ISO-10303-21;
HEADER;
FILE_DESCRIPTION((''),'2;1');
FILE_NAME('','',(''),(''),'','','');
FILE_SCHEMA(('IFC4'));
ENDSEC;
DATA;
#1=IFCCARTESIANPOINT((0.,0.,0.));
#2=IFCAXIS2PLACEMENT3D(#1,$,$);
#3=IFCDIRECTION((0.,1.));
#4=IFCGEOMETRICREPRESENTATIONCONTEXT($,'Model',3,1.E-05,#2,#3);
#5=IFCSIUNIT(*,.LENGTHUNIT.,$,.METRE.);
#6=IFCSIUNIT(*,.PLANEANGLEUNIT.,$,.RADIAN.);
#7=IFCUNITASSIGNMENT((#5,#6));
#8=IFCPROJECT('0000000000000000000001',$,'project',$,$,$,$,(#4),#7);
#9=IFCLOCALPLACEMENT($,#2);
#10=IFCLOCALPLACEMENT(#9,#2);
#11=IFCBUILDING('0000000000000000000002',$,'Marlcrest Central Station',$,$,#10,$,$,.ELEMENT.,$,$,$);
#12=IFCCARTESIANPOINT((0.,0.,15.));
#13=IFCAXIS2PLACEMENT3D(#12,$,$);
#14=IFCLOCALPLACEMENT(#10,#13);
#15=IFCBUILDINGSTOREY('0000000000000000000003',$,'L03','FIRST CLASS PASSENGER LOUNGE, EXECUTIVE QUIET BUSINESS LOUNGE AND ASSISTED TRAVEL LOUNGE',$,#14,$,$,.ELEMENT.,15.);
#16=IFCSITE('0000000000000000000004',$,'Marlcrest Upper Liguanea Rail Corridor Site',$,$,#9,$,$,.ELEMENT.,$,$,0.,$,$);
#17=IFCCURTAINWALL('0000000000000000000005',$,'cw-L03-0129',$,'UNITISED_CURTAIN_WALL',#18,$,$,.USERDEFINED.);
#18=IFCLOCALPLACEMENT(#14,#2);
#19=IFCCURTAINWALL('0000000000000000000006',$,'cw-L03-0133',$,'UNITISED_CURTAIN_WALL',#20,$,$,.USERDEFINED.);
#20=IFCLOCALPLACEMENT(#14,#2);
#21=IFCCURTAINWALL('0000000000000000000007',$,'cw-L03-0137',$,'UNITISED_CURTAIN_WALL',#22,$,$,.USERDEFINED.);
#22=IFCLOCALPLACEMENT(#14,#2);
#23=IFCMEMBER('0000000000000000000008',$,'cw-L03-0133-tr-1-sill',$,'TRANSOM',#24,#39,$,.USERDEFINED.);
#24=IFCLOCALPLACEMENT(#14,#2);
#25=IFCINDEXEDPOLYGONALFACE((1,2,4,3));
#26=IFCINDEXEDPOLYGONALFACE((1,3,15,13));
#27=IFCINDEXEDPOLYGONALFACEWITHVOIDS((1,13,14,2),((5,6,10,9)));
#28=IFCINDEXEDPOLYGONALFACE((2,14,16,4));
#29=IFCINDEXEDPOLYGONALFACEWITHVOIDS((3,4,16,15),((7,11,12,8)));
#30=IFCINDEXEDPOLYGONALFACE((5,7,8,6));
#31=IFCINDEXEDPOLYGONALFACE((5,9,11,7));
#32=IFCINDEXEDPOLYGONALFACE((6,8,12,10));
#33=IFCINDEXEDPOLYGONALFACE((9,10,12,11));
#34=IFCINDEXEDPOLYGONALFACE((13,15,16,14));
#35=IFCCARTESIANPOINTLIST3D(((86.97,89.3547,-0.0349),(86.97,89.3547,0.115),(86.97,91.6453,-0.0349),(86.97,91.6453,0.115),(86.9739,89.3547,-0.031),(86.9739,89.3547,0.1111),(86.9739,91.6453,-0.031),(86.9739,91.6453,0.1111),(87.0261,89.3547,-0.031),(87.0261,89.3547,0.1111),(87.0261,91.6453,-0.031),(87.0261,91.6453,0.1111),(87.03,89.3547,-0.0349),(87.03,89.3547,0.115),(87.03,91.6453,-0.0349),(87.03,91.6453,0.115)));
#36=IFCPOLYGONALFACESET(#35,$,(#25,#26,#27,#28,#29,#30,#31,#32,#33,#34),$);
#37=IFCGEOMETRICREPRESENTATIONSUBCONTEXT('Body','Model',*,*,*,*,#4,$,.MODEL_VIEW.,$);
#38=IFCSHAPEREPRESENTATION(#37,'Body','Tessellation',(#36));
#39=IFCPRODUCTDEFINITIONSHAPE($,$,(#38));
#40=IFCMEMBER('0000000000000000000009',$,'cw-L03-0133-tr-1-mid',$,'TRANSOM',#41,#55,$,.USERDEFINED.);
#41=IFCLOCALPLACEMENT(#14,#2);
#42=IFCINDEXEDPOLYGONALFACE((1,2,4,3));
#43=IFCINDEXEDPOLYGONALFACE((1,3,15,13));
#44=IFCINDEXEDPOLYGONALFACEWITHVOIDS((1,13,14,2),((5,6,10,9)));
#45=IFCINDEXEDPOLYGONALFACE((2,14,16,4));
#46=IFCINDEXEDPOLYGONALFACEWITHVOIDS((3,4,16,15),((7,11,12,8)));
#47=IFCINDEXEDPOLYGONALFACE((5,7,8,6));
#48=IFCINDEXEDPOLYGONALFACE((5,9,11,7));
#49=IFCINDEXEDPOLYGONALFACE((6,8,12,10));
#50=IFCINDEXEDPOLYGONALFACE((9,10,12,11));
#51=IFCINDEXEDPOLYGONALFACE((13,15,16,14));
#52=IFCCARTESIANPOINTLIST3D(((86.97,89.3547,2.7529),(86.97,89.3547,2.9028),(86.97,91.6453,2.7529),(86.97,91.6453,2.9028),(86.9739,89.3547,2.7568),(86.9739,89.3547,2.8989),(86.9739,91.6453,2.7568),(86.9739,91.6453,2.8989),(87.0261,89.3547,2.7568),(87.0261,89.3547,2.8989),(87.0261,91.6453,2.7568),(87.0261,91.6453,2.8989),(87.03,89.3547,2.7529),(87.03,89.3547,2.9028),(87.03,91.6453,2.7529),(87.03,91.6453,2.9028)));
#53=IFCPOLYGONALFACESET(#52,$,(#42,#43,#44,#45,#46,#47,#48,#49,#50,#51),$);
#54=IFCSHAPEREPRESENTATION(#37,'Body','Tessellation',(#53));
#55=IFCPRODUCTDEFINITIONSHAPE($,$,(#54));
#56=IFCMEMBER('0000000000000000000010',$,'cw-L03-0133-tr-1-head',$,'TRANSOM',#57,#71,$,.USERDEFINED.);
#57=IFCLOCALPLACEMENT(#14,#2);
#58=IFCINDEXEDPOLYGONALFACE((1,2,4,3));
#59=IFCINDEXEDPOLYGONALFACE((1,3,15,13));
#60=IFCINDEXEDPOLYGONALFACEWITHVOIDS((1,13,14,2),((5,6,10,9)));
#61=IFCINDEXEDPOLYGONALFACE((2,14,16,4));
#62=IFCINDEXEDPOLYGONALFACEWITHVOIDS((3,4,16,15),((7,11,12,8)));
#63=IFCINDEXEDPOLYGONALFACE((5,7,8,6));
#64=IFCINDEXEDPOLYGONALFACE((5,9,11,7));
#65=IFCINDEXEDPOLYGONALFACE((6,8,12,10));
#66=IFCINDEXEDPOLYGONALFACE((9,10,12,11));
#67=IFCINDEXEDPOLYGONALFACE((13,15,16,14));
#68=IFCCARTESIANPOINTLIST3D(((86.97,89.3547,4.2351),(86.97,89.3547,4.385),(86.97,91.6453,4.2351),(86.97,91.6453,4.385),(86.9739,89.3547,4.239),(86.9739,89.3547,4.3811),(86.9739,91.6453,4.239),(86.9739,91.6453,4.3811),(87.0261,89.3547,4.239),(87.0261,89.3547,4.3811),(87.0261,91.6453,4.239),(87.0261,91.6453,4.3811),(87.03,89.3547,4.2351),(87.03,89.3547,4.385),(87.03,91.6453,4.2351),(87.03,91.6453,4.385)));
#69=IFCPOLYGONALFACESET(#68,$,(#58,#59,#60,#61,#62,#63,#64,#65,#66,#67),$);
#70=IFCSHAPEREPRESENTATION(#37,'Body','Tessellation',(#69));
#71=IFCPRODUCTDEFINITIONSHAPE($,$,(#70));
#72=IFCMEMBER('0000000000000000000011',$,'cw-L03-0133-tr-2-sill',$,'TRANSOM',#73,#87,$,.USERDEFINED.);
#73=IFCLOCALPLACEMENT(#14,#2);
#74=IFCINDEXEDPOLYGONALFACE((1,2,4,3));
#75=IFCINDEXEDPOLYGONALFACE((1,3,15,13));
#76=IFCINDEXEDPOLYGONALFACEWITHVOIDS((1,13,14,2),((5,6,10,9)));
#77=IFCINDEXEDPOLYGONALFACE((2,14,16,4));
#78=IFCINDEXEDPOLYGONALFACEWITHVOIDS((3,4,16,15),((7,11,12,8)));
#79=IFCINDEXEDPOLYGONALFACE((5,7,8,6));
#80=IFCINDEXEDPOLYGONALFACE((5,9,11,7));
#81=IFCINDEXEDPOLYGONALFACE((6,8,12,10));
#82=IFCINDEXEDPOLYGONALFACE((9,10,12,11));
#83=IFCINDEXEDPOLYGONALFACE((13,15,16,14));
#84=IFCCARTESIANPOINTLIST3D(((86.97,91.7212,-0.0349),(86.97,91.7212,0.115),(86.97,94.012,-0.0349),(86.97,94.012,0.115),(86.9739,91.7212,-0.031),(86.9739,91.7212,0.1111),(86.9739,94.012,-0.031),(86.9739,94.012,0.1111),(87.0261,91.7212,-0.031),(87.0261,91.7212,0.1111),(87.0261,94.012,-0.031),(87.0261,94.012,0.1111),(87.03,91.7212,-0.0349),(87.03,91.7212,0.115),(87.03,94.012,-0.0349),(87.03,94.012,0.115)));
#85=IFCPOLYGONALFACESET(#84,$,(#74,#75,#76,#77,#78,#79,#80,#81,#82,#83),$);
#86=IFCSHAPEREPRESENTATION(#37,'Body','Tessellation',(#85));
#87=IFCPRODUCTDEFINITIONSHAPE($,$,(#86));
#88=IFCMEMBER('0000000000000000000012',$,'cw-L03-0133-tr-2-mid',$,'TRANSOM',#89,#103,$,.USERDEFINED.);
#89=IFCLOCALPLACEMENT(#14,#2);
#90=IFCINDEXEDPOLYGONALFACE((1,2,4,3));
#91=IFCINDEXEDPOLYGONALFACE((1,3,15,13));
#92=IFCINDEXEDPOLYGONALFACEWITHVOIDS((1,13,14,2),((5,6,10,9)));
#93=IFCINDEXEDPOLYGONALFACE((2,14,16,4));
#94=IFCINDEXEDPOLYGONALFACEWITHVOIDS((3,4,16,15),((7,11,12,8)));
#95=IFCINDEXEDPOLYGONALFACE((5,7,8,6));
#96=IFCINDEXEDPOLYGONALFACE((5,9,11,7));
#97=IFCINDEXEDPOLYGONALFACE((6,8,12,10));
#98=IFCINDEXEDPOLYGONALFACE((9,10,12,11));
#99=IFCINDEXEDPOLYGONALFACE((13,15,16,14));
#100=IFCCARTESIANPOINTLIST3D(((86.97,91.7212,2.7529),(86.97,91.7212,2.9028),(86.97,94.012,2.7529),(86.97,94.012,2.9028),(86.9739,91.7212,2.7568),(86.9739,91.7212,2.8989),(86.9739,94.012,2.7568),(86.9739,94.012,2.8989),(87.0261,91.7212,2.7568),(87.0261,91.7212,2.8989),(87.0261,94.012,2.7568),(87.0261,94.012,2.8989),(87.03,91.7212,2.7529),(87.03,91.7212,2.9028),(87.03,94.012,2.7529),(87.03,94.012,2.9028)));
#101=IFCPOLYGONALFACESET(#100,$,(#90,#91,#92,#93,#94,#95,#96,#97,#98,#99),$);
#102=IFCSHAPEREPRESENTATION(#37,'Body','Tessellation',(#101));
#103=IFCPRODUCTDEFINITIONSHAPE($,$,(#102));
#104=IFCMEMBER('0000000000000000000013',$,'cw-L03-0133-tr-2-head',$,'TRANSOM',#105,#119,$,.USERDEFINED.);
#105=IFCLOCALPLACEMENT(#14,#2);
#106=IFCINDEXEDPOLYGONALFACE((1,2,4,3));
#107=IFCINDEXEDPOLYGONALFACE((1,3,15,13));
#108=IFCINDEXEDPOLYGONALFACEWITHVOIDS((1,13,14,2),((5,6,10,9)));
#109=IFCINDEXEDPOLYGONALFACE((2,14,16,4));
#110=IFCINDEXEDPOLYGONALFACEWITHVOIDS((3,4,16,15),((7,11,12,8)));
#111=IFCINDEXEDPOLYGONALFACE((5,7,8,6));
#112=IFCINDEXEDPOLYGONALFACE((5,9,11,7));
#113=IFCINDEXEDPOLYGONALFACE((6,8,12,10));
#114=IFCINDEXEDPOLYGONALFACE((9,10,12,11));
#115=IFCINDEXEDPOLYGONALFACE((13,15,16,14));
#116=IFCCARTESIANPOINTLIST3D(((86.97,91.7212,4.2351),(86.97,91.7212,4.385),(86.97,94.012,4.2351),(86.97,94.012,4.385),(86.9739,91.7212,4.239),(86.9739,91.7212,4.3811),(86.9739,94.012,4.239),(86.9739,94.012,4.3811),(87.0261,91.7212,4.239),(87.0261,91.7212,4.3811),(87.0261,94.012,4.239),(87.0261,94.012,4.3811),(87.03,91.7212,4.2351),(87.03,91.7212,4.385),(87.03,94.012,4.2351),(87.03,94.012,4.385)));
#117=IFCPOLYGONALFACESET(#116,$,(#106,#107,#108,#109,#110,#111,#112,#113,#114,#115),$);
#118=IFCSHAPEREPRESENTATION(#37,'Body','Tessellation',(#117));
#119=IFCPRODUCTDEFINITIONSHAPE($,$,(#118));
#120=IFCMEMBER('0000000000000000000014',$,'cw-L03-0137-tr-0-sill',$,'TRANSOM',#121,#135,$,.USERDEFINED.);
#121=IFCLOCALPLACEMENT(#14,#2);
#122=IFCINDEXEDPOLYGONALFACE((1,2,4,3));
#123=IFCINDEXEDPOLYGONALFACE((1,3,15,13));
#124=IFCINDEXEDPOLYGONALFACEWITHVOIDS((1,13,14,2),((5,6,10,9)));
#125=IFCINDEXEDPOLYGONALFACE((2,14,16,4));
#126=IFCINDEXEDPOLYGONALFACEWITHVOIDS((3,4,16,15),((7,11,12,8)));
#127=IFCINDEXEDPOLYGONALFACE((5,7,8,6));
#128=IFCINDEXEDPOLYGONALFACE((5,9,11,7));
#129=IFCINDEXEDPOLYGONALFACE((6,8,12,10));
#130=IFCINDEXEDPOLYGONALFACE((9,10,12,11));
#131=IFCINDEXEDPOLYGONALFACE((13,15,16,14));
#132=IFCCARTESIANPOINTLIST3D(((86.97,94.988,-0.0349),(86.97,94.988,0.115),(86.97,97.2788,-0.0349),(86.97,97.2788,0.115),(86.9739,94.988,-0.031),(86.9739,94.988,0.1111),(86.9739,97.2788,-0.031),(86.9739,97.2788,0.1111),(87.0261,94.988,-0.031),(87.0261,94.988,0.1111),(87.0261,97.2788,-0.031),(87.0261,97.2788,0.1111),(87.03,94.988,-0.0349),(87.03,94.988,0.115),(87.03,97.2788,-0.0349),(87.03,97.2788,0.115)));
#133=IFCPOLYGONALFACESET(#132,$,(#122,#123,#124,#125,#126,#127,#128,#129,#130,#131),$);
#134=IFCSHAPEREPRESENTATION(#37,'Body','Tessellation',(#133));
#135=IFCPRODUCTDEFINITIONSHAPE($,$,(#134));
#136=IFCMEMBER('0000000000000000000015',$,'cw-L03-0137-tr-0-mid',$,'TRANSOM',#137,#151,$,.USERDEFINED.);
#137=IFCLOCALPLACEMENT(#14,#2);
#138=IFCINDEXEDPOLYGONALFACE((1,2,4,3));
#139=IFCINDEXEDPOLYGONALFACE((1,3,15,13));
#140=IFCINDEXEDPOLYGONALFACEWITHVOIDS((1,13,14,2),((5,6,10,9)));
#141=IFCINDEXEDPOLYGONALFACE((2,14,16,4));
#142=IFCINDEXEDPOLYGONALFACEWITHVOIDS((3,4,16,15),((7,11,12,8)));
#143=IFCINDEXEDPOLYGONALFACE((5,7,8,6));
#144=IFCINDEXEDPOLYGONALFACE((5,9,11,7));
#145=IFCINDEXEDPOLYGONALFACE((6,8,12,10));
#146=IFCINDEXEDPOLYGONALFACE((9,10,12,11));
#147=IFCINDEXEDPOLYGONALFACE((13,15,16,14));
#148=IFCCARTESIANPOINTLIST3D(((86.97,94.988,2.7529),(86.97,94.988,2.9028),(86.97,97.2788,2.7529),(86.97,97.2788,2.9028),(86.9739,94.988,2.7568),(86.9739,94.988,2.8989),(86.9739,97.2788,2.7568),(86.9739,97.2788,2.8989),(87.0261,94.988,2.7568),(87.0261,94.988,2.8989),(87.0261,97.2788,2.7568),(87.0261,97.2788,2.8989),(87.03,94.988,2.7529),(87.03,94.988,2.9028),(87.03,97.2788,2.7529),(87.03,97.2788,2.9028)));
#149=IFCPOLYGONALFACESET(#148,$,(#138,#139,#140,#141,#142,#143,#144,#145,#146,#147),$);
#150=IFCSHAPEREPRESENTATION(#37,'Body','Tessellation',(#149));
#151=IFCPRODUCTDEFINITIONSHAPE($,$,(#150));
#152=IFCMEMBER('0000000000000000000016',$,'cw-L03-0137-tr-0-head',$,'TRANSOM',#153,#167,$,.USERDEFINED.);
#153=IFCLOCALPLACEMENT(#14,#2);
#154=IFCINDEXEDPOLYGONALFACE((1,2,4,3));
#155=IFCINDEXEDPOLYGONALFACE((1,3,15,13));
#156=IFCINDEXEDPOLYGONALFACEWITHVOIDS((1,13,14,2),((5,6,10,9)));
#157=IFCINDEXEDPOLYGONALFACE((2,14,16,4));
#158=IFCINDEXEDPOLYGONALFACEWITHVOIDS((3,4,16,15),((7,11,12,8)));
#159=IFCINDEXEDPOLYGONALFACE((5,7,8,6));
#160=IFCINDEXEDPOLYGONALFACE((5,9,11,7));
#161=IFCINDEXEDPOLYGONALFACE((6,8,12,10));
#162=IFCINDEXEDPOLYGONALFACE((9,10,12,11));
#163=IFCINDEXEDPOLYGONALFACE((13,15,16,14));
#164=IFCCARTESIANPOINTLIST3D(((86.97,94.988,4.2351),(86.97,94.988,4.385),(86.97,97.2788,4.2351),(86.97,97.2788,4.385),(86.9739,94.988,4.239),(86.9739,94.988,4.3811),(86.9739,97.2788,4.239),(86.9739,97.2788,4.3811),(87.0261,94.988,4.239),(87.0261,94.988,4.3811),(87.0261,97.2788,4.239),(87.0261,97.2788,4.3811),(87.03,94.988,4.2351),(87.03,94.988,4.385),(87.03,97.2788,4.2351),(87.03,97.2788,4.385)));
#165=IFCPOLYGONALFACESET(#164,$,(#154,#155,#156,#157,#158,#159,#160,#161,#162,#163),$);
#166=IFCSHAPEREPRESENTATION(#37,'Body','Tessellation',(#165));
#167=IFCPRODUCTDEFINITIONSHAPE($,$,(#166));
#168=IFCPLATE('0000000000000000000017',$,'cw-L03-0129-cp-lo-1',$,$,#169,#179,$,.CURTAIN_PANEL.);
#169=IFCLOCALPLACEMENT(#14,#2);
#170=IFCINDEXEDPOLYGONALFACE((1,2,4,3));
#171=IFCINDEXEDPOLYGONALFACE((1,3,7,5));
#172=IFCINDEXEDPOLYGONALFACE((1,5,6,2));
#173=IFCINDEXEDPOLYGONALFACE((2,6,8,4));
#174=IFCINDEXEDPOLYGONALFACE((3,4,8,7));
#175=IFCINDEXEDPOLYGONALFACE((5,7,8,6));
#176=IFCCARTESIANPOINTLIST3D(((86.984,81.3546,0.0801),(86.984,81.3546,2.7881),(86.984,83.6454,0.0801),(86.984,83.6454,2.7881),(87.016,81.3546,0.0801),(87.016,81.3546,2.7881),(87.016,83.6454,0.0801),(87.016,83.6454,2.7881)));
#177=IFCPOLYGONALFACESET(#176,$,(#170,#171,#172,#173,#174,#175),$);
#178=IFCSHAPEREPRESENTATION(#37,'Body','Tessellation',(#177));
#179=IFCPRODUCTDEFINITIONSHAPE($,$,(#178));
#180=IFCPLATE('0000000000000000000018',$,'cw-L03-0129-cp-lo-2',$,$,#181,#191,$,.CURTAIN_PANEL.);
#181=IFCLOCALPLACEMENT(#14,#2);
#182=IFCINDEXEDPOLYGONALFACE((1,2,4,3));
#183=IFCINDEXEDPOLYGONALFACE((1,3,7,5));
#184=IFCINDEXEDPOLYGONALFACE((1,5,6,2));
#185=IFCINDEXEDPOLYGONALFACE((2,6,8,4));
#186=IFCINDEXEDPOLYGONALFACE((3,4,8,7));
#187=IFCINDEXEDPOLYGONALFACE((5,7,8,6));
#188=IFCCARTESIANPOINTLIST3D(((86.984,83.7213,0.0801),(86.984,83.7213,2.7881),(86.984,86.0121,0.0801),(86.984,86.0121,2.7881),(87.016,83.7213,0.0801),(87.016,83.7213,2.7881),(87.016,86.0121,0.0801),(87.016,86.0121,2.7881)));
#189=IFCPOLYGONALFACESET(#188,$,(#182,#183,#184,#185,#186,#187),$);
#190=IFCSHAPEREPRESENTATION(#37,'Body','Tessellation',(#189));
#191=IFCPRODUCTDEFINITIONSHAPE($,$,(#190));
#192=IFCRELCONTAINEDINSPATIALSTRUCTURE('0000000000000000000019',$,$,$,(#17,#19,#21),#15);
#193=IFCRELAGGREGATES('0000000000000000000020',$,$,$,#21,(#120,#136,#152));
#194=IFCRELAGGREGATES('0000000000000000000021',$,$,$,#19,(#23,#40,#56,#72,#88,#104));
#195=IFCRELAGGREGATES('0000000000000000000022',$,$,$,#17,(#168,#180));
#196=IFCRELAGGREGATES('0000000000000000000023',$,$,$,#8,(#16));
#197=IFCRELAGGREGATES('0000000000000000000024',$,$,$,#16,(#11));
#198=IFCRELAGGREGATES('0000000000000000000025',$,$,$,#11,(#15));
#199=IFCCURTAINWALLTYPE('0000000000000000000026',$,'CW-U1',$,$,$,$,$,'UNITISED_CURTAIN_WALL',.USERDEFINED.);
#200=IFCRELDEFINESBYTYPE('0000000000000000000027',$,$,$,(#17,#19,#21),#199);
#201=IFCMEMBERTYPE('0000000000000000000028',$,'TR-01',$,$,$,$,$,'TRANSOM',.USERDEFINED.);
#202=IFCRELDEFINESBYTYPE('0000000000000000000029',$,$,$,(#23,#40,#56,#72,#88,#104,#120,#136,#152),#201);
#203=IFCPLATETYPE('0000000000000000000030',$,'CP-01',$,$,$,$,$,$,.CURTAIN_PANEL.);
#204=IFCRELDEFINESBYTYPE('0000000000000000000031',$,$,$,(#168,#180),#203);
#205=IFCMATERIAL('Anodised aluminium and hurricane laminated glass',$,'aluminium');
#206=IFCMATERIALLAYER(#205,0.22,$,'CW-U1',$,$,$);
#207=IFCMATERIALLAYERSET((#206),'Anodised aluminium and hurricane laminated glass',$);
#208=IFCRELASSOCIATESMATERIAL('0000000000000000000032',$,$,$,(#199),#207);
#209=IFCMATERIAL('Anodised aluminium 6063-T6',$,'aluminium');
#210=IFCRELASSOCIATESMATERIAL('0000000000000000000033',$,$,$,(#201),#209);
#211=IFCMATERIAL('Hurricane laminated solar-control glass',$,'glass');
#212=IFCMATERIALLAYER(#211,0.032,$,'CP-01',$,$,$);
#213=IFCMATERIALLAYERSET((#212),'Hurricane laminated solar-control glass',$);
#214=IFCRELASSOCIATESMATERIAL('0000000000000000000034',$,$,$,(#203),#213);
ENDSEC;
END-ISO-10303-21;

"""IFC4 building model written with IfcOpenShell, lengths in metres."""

from ifc_helpers import new_model, si_unit, direction, frame, origin, origin_2d, place, context, subcontext, project, spatial, rectangle, hollow_rectangle, extrude, material, layer, layer_set, material_profile, profile_set, type_object, element, aggregate, save


model = new_model("IFC4")

# Units and contexts
model_context = context("Model", 3, precision=1e-05, world=origin(), true_north=direction((0.0, 1.0)))
body_context = subcontext(model_context, "Body", "Model", "MODEL_VIEW")
ifc_project = project(units=[si_unit("LENGTHUNIT", "METRE"), si_unit("PLANEANGLEUNIT", "RADIAN")], contexts=[model_context])

# Site, building, storey
site_placement = place(None, origin())
site = spatial("IfcSite", under=ifc_project, at=site_placement, Name="Marlcrest Upper Liguanea Rail Corridor Site", CompositionType="ELEMENT", RefElevation=0.0)
building_placement = place(site_placement, origin())
building = spatial("IfcBuilding", under=site, at=building_placement, Name="Marlcrest Central Station", CompositionType="ELEMENT")
storey_placement = place(building_placement, frame((0.0, 0.0, 15.0)))
storey = spatial("IfcBuildingStorey", under=building, at=storey_placement, Name="L03", Description="FIRST CLASS PASSENGER LOUNGE, EXECUTIVE QUIET BUSINESS LOUNGE AND ASSISTED TRAVEL LOUNGE", CompositionType="ELEMENT", Elevation=15.0)

# Curtain walls
ifc_material_1 = material(Name="Anodised aluminium and hurricane laminated glass", Category="aluminium")
ifc_layer_1 = layer(ifc_material_1, 0.22, Name="CW-U1")
ifc_layer_set_1 = layer_set([ifc_layer_1], Name="Anodised aluminium and hurricane laminated glass")
curtain_wall_type = type_object("IfcCurtainWallType", Name="CW-U1", ElementType="UNITISED_CURTAIN_WALL", PredefinedType="USERDEFINED", material=ifc_layer_set_1)
curtain_wall_1_placement = place(storey_placement, origin())
curtain_wall_1 = element("IfcCurtainWall", 1, at=curtain_wall_1_placement, inside=storey, type_object=curtain_wall_type, Name="cw-L03-0129", ObjectType="UNITISED_CURTAIN_WALL", PredefinedType="USERDEFINED")
ifc_material_2 = material(Name="Anodised aluminium 6063-T6", Category="aluminium")
curtain_wall_2_placement = place(storey_placement, origin())
curtain_wall_2 = element("IfcCurtainWall", 2, at=curtain_wall_2_placement, inside=storey, type_object=curtain_wall_type, Name="cw-L03-0133", ObjectType="UNITISED_CURTAIN_WALL", PredefinedType="USERDEFINED")

# Curtain wall
curtain_wall_3_placement = place(storey_placement, origin())
curtain_wall_3 = element("IfcCurtainWall", 3, at=curtain_wall_3_placement, inside=storey, type_object=curtain_wall_type, Name="cw-L03-0137", ObjectType="UNITISED_CURTAIN_WALL", PredefinedType="USERDEFINED")

# Members
ifc_material_profile_1 = material_profile(ifc_material_2, hollow_rectangle(XDim=0.0601, YDim=0.1499, WallThickness=0.0039, at=origin_2d()), Name="AA-RHS 150x60x4")
ifc_profile_set_1 = profile_set([ifc_material_profile_1], Name="Anodised aluminium 6063-T6")
member_type_1 = type_object("IfcMemberType", Name="TR-01", ElementType="TRANSOM", PredefinedType="USERDEFINED", material=ifc_profile_set_1)
member_1_placement = place(storey_placement, frame((87.0, 89.3547, 0.04), z_axis=(0.0, 1.0, 0.0), x_axis=(-1.0, 0.0, 0.0)))
member_1 = element("IfcMember", 4, at=member_1_placement, type_object=member_type_1, Name="cw-L03-0133-tr-1-sill", ObjectType="TRANSOM", PredefinedType="USERDEFINED", context=body_context, shape_type="SweptSolid", body=[
    extrude(hollow_rectangle(XDim=0.0601, YDim=0.1499, WallThickness=0.0039, at=origin_2d()), origin(), (0.0, 0.0, 1.0), 2.2905),
])
member_2_placement = place(storey_placement, frame((87.0, 89.3547, 2.8279), z_axis=(0.0, 1.0, 0.0), x_axis=(-1.0, 0.0, 0.0)))
member_2 = element("IfcMember", 5, at=member_2_placement, type_object=member_type_1, Name="cw-L03-0133-tr-1-mid", ObjectType="TRANSOM", PredefinedType="USERDEFINED", context=body_context, shape_type="SweptSolid", body=[
    extrude(hollow_rectangle(XDim=0.0601, YDim=0.1499, WallThickness=0.0039, at=origin_2d()), origin(), (0.0, 0.0, 1.0), 2.2905),
])
member_3_placement = place(storey_placement, frame((87.0, 89.3547, 4.3101), z_axis=(0.0, 1.0, 0.0), x_axis=(-1.0, 0.0, 0.0)))
member_3 = element("IfcMember", 6, at=member_3_placement, type_object=member_type_1, Name="cw-L03-0133-tr-1-head", ObjectType="TRANSOM", PredefinedType="USERDEFINED", context=body_context, shape_type="SweptSolid", body=[
    extrude(hollow_rectangle(XDim=0.0601, YDim=0.1499, WallThickness=0.0039, at=origin_2d()), origin(), (0.0, 0.0, 1.0), 2.2905),
])
member_4_placement = place(storey_placement, frame((87.0, 91.7212, 0.04), z_axis=(0.0, 1.0, 0.0), x_axis=(-1.0, 0.0, 0.0)))
member_4 = element("IfcMember", 7, at=member_4_placement, type_object=member_type_1, Name="cw-L03-0133-tr-2-sill", ObjectType="TRANSOM", PredefinedType="USERDEFINED", context=body_context, shape_type="SweptSolid", body=[
    extrude(hollow_rectangle(XDim=0.0601, YDim=0.1499, WallThickness=0.0039, at=origin_2d()), origin(), (0.0, 0.0, 1.0), 2.2908),
])
member_5_placement = place(storey_placement, frame((87.0, 91.7212, 2.8279), z_axis=(0.0, 1.0, 0.0), x_axis=(-1.0, 0.0, 0.0)))
member_5 = element("IfcMember", 8, at=member_5_placement, type_object=member_type_1, Name="cw-L03-0133-tr-2-mid", ObjectType="TRANSOM", PredefinedType="USERDEFINED", context=body_context, shape_type="SweptSolid", body=[
    extrude(hollow_rectangle(XDim=0.0601, YDim=0.1499, WallThickness=0.0039, at=origin_2d()), origin(), (0.0, 0.0, 1.0), 2.2908),
])
member_6_placement = place(storey_placement, frame((87.0, 91.7212, 4.3101), z_axis=(0.0, 1.0, 0.0), x_axis=(-1.0, 0.0, 0.0)))
member_6 = element("IfcMember", 9, at=member_6_placement, type_object=member_type_1, Name="cw-L03-0133-tr-2-head", ObjectType="TRANSOM", PredefinedType="USERDEFINED", context=body_context, shape_type="SweptSolid", body=[
    extrude(hollow_rectangle(XDim=0.0601, YDim=0.1499, WallThickness=0.0039, at=origin_2d()), origin(), (0.0, 0.0, 1.0), 2.2908),
])
member_7_placement = place(storey_placement, frame((87.0, 94.988, 0.04), z_axis=(0.0, 1.0, 0.0), x_axis=(-1.0, 0.0, 0.0)))
member_7 = element("IfcMember", 10, at=member_7_placement, type_object=member_type_1, Name="cw-L03-0137-tr-0-sill", ObjectType="TRANSOM", PredefinedType="USERDEFINED", context=body_context, shape_type="SweptSolid", body=[
    extrude(hollow_rectangle(XDim=0.0601, YDim=0.1499, WallThickness=0.0039, at=origin_2d()), origin(), (0.0, 0.0, 1.0), 2.2908),
])
member_8_placement = place(storey_placement, frame((87.0, 94.988, 2.8279), z_axis=(0.0, 1.0, 0.0), x_axis=(-1.0, 0.0, 0.0)))
member_8 = element("IfcMember", 11, at=member_8_placement, type_object=member_type_1, Name="cw-L03-0137-tr-0-mid", ObjectType="TRANSOM", PredefinedType="USERDEFINED", context=body_context, shape_type="SweptSolid", body=[
    extrude(hollow_rectangle(XDim=0.0601, YDim=0.1499, WallThickness=0.0039, at=origin_2d()), origin(), (0.0, 0.0, 1.0), 2.2908),
])
member_9_placement = place(storey_placement, frame((87.0, 94.988, 4.3101), z_axis=(0.0, 1.0, 0.0), x_axis=(-1.0, 0.0, 0.0)))
member_9 = element("IfcMember", 12, at=member_9_placement, type_object=member_type_1, Name="cw-L03-0137-tr-0-head", ObjectType="TRANSOM", PredefinedType="USERDEFINED", context=body_context, shape_type="SweptSolid", body=[
    extrude(hollow_rectangle(XDim=0.0601, YDim=0.1499, WallThickness=0.0039, at=origin_2d()), origin(), (0.0, 0.0, 1.0), 2.2908),
])
aggregate(curtain_wall_3, [member_7, member_8, member_9])

# Plates
ifc_material_3 = material(Name="Hurricane laminated solar-control glass", Category="glass")
ifc_layer_2 = layer(ifc_material_3, 0.032, Name="CP-01")
ifc_layer_set_2 = layer_set([ifc_layer_2], Name="Hurricane laminated solar-control glass")
plate_type_1 = type_object("IfcPlateType", Name="CP-01", PredefinedType="CURTAIN_PANEL", material=ifc_layer_set_2)
plate_1_placement = place(storey_placement, frame((87.0, 82.5, 0.0801), z_axis=(0.0, 0.0, 1.0), x_axis=(0.0, 1.0, 0.0)))
plate_1 = element("IfcPlate", 13, at=plate_1_placement, type_object=plate_type_1, Name="cw-L03-0129-cp-lo-1", PredefinedType="CURTAIN_PANEL", context=body_context, shape_type="SweptSolid", body=[
    extrude(rectangle(XDim=2.2908, YDim=0.032, at=origin_2d()), origin(), (0.0, 0.0, 1.0), 2.708),
])
plate_2_placement = place(storey_placement, frame((87.0, 84.8667, 0.0801), z_axis=(0.0, 0.0, 1.0), x_axis=(0.0, 1.0, 0.0)))
plate_2 = element("IfcPlate", 14, at=plate_2_placement, type_object=plate_type_1, Name="cw-L03-0129-cp-lo-2", PredefinedType="CURTAIN_PANEL", context=body_context, shape_type="SweptSolid", body=[
    extrude(rectangle(XDim=2.2908, YDim=0.032, at=origin_2d()), origin(), (0.0, 0.0, 1.0), 2.708),
])
aggregate(curtain_wall_2, [member_1, member_2, member_3, member_4, member_5, member_6])
aggregate(curtain_wall_1, [plate_1, plate_2])

save(model, "model.ifc")
